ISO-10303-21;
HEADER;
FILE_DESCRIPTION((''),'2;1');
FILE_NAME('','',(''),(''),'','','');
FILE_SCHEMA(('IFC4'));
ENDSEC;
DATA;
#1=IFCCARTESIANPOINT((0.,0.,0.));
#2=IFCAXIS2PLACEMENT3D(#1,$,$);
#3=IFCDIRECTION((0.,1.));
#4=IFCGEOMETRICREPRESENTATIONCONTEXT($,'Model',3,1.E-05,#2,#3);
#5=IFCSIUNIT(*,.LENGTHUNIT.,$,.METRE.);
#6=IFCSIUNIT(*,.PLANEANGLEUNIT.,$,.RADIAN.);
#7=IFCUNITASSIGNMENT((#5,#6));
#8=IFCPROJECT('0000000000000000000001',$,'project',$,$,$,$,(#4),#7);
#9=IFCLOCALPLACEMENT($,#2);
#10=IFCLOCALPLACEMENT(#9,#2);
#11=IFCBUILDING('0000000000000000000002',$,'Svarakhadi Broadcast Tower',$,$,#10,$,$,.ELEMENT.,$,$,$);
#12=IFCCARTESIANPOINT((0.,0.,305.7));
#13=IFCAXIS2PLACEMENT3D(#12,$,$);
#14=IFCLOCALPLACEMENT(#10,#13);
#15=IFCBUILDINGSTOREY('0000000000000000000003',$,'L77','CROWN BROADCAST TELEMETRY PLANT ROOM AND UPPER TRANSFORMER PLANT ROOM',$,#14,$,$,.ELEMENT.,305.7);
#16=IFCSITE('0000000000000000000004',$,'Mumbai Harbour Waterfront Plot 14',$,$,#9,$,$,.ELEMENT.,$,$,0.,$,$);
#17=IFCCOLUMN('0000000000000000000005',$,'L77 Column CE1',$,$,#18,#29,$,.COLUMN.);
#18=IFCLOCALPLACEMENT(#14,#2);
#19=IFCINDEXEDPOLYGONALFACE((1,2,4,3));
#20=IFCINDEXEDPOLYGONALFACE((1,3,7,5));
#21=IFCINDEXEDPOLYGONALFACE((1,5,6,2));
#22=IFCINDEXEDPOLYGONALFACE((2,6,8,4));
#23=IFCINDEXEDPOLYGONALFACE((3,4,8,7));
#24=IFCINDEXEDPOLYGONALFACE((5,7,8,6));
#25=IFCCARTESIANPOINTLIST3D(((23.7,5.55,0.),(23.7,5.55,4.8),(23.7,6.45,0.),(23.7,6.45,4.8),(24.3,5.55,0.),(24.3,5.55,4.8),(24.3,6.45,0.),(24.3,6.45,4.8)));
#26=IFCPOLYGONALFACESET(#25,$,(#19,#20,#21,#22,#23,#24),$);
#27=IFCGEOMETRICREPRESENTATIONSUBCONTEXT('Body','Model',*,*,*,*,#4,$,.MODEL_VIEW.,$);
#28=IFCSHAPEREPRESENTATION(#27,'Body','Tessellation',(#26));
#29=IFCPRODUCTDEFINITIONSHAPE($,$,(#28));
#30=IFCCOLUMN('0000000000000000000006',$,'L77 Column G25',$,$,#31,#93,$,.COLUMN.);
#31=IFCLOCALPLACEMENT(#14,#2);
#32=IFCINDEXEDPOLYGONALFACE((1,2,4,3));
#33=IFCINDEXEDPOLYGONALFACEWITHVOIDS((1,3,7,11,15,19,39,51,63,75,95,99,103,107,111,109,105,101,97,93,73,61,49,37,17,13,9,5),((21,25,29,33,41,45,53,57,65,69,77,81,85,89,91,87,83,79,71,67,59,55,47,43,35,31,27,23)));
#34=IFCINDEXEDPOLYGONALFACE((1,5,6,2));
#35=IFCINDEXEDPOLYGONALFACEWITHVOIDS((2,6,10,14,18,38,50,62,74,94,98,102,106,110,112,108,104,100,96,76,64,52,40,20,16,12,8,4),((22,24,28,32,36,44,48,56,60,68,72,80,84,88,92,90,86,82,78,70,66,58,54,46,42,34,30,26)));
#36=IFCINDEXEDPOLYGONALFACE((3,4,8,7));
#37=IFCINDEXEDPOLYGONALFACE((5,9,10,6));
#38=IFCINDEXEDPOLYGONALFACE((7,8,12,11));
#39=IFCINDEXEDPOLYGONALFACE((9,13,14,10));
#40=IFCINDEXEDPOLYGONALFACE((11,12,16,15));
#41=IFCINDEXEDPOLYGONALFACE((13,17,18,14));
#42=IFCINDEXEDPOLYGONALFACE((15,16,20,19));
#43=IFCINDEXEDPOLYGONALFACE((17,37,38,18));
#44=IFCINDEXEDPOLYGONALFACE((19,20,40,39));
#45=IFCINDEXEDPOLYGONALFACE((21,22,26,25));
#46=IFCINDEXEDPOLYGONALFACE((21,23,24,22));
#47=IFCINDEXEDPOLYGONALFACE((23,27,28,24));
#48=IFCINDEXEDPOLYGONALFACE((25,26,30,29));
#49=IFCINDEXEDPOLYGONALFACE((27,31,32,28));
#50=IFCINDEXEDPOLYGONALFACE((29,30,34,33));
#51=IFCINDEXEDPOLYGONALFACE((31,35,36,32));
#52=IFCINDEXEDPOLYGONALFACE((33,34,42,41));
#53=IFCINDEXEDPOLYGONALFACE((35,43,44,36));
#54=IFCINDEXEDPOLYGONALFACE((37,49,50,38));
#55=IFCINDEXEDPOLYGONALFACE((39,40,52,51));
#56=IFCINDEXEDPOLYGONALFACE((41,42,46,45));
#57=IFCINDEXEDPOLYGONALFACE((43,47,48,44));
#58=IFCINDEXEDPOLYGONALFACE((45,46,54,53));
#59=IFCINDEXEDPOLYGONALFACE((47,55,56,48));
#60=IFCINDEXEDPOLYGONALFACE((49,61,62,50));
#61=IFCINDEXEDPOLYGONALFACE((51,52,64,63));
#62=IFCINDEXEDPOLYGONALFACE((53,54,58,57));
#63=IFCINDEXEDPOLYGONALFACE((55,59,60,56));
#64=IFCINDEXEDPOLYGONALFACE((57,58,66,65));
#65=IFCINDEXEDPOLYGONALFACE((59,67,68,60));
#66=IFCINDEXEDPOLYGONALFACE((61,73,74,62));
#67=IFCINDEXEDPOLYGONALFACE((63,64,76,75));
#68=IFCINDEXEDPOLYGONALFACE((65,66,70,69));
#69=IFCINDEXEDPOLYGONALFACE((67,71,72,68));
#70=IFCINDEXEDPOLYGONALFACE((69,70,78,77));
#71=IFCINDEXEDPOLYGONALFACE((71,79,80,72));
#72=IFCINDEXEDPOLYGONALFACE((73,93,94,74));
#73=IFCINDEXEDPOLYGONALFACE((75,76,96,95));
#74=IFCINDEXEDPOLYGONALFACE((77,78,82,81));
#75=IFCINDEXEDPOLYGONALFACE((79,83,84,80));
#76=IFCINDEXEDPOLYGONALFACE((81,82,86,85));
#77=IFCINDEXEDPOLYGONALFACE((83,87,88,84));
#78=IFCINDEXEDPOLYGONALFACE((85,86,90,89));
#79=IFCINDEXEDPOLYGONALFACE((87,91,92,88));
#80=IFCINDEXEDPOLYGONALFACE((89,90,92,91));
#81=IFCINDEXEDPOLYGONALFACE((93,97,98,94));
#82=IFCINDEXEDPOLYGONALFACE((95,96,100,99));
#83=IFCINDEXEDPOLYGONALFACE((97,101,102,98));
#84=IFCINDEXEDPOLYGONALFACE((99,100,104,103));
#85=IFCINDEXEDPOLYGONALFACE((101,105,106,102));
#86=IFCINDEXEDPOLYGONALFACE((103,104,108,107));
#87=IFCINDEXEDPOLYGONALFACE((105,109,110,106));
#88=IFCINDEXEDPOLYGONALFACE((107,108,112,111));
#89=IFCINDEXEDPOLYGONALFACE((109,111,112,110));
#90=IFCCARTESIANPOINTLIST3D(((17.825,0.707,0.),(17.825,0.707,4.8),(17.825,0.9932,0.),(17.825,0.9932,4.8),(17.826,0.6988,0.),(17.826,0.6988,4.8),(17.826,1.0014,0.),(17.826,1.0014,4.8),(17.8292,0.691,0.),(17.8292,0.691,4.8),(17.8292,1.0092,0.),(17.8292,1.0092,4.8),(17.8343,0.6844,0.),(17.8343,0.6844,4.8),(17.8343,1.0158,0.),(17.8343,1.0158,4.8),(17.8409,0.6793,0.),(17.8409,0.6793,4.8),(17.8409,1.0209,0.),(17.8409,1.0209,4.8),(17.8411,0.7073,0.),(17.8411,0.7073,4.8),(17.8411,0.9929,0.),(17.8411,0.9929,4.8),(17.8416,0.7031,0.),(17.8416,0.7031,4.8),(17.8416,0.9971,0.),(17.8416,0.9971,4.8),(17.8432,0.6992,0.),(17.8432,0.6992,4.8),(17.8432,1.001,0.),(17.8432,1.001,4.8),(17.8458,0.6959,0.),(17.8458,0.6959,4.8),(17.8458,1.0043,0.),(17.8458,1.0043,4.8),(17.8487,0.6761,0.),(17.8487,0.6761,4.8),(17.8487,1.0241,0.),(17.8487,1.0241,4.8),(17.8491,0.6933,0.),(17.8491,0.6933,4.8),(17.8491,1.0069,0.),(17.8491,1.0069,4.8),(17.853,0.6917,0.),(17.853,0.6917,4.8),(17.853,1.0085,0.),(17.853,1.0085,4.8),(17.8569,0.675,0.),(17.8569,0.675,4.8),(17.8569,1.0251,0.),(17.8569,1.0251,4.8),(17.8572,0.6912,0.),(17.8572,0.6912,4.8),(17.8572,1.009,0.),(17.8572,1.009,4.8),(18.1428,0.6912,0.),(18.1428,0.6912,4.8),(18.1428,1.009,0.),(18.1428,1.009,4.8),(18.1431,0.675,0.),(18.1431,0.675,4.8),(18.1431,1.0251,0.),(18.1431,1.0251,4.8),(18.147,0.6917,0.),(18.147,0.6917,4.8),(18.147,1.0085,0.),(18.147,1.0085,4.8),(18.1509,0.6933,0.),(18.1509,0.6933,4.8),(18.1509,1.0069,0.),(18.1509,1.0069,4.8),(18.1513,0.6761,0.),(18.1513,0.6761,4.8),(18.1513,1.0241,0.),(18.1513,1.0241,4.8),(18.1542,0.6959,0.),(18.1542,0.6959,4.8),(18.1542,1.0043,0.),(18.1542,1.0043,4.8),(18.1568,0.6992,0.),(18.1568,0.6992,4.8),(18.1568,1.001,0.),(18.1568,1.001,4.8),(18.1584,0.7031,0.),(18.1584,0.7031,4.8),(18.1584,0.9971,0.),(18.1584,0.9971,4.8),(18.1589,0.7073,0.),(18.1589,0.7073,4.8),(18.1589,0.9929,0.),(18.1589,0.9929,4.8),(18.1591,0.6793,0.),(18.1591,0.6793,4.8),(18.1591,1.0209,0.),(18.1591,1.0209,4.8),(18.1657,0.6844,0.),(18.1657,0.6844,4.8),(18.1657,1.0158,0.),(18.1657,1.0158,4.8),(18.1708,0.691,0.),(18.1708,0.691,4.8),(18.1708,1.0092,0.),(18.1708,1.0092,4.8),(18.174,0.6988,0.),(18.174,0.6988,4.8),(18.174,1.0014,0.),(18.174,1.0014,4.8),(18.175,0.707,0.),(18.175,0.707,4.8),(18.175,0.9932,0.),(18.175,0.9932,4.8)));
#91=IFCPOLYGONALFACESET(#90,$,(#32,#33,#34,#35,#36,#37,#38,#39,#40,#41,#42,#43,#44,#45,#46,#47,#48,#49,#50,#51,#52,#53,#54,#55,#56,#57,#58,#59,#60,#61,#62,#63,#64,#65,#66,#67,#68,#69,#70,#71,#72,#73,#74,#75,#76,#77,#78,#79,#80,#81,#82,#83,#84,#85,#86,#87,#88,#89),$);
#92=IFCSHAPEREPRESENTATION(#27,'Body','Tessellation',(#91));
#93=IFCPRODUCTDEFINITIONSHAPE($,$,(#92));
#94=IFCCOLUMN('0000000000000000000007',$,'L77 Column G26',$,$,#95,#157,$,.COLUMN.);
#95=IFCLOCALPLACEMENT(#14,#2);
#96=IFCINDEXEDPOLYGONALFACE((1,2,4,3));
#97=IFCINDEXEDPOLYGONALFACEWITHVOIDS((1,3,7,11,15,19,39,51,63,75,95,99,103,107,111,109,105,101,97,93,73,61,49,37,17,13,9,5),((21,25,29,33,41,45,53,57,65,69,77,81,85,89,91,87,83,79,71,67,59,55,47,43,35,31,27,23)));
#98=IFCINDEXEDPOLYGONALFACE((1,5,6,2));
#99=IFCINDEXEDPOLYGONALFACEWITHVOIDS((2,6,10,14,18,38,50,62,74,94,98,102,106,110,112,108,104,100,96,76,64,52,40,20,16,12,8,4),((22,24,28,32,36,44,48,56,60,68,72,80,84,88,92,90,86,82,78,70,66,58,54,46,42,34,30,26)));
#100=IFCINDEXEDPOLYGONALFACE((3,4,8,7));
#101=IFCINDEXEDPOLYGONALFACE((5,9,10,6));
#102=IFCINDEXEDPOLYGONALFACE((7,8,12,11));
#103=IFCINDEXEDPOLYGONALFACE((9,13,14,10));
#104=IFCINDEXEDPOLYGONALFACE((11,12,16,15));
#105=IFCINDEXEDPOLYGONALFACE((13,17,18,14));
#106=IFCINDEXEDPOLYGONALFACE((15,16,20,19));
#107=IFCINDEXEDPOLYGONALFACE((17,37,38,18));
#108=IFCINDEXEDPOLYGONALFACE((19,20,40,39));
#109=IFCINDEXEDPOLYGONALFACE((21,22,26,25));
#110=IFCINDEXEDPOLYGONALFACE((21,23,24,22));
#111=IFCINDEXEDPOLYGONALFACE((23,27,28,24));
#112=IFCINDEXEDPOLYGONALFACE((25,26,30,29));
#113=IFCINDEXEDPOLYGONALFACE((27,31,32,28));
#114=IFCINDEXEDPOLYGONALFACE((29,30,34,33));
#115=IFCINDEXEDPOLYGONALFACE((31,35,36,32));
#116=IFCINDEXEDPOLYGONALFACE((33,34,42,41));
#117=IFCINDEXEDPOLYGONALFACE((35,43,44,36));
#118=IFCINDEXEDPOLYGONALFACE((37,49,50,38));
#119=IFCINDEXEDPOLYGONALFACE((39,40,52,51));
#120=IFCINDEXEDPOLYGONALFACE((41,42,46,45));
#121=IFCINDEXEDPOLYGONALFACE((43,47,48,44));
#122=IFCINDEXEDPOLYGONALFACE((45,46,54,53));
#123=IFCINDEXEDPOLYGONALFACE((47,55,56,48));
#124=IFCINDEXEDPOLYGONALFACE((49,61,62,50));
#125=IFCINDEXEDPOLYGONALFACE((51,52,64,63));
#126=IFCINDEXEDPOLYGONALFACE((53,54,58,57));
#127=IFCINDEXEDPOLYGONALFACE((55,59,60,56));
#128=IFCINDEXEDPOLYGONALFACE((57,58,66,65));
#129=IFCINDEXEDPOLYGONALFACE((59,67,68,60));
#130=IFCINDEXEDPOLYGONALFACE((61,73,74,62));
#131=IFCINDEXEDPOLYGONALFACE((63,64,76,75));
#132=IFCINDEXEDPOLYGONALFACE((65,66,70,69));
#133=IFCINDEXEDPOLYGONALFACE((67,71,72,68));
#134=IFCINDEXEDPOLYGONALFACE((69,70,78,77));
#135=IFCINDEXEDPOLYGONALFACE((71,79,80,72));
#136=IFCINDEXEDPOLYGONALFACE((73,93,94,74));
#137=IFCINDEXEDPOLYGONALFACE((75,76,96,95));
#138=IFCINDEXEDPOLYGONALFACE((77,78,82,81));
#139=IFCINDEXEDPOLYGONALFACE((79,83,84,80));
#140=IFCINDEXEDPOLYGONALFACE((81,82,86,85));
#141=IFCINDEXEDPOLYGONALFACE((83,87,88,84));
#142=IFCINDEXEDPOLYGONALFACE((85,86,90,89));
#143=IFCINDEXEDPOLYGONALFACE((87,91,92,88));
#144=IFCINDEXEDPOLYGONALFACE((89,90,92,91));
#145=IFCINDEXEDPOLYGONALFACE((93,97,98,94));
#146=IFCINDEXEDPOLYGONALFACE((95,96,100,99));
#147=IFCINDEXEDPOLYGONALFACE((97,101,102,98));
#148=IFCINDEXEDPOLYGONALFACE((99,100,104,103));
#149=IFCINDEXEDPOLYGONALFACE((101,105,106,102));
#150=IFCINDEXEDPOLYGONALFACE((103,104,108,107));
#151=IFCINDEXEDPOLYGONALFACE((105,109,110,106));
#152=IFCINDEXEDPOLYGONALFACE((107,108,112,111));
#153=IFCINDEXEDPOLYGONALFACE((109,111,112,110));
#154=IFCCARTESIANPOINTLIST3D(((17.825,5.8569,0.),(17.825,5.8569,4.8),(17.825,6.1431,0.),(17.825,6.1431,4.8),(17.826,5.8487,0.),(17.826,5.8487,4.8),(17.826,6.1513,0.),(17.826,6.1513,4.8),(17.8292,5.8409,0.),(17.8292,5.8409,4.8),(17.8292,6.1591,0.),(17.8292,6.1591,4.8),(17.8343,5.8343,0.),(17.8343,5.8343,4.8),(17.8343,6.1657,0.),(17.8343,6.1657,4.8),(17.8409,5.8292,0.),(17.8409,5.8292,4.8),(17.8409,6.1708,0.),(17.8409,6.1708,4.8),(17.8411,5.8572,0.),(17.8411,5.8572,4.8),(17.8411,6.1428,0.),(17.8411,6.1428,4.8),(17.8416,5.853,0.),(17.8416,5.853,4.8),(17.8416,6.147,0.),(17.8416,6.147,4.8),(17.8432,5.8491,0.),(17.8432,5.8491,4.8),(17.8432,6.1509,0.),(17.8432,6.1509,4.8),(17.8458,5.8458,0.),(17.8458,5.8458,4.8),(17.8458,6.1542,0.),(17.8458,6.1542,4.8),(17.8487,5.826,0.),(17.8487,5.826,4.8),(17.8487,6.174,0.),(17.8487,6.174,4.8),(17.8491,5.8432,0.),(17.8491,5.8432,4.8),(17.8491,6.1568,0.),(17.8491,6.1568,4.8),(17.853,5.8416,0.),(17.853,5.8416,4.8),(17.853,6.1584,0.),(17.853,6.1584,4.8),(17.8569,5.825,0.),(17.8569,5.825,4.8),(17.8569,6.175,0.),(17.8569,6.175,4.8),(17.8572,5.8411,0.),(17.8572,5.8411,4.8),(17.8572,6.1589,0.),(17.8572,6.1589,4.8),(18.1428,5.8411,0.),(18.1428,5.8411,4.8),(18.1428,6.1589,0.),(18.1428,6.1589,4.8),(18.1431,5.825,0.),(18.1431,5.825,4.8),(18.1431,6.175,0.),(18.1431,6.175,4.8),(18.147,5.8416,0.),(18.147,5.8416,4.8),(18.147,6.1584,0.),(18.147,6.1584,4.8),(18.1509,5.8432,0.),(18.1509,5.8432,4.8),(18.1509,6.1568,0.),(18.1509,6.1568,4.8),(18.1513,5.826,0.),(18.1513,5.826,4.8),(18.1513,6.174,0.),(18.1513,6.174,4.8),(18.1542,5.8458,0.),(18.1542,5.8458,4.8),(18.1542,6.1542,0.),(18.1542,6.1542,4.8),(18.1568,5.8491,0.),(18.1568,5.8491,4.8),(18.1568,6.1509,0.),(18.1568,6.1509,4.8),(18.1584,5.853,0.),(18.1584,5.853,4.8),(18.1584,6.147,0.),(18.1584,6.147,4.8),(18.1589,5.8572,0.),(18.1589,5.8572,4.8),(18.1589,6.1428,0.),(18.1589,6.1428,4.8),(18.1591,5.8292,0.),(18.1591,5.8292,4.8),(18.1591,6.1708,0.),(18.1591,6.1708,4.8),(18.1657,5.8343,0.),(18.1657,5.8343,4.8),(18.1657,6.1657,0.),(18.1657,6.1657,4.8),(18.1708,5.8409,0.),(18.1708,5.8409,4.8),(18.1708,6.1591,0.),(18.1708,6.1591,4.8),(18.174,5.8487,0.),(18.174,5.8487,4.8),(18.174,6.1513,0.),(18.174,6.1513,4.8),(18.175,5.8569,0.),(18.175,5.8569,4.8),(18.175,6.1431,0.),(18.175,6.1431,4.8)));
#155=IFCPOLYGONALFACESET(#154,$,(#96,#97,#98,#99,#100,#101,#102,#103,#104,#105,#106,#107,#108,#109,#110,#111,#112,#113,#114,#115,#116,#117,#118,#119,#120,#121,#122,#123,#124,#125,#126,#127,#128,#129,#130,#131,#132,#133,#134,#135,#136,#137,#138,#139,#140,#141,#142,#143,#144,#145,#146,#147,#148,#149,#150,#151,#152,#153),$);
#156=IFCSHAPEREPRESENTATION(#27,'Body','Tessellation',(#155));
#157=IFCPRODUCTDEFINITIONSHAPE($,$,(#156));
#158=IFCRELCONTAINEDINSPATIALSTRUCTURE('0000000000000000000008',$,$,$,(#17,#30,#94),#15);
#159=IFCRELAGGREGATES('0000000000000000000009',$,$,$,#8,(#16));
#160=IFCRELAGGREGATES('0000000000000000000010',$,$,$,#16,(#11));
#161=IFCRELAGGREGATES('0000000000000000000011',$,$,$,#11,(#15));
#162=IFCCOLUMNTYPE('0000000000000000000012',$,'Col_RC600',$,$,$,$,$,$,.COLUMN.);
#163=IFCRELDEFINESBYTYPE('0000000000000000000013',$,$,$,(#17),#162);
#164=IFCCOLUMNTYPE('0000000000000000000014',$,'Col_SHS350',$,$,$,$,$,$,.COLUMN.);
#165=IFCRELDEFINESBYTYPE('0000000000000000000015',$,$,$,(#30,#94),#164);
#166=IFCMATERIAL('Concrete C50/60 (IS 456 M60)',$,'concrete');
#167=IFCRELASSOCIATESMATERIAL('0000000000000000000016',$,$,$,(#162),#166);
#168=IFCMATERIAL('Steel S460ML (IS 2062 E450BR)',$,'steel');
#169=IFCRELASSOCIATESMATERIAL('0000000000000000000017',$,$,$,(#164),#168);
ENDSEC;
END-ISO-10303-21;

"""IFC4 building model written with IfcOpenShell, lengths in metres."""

from ifc_helpers import new_model, si_unit, direction, frame, origin, origin_2d, place, context, subcontext, project, spatial, rectangle, hollow_rectangle, extrude, material, material_profile, profile_set, type_object, element, save


model = new_model("IFC4")

# Units and contexts
model_context = context("Model", 3, precision=1e-05, world=origin(), true_north=direction((0.0, 1.0)))
body_context = subcontext(model_context, "Body", "Model", "MODEL_VIEW")
ifc_project = project(units=[si_unit("LENGTHUNIT", "METRE"), si_unit("PLANEANGLEUNIT", "RADIAN")], contexts=[model_context])

# Site, building, storey
site_placement = place(None, origin())
site = spatial("IfcSite", under=ifc_project, at=site_placement, Name="Mumbai Harbour Waterfront Plot 14", CompositionType="ELEMENT", RefElevation=0.0)
building_placement = place(site_placement, origin())
building = spatial("IfcBuilding", under=site, at=building_placement, Name="Svarakhadi Broadcast Tower", CompositionType="ELEMENT")
storey_placement = place(building_placement, frame((0.0, 0.0, 305.7)))
storey = spatial("IfcBuildingStorey", under=building, at=storey_placement, Name="L77", Description="CROWN BROADCAST TELEMETRY PLANT ROOM AND UPPER TRANSFORMER PLANT ROOM", CompositionType="ELEMENT", Elevation=305.7)

# Columns
ifc_material_1 = material(Name="Concrete C50/60 (IS 456 M60)", Category="concrete")
ifc_material_profile_1 = material_profile(ifc_material_1, rectangle(XDim=0.6001, YDim=0.8999, at=origin_2d()), Name="RC 600x900")
ifc_profile_set_1 = profile_set([ifc_material_profile_1], Name="Concrete C50/60 (IS 456 M60)")
column_type_1 = type_object("IfcColumnType", Name="Col_RC600", PredefinedType="COLUMN", material=ifc_profile_set_1)
column_placement = place(storey_placement, frame((24.0, 6.0, 0.0), z_axis=(0.0, 0.0, 1.0), x_axis=(1.0, 0.0, 0.0)))
element("IfcColumn", 1, at=column_placement, inside=storey, type_object=column_type_1, Name="L77 Column CE1", PredefinedType="COLUMN", context=body_context, shape_type="SweptSolid", body=[
    extrude(rectangle(XDim=0.6001, YDim=0.8999, at=origin_2d()), origin(), (0.0, 0.0, 1.0), 4.8),
])
ifc_material_2 = material(Name="Steel S460ML (IS 2062 E450BR)", Category="steel")
ifc_material_profile_2 = material_profile(ifc_material_2, hollow_rectangle(XDim=0.3501, YDim=0.3501, WallThickness=0.0161, InnerFilletRadius=0.0161, OuterFilletRadius=0.032, at=origin_2d()), Name="SHS 350x350x16")
ifc_profile_set_2 = profile_set([ifc_material_profile_2], Name="Steel S460ML (IS 2062 E450BR)")
column_type_2 = type_object("IfcColumnType", Name="Col_SHS350", PredefinedType="COLUMN", material=ifc_profile_set_2)
for number, where, z_axis, x_axis, name in (
    (2, (18.0, 0.8501, 0.0), (0.0, 0.0, 1.0), (1.0, 0.0, 0.0), "L77 Column G25"),
    (3, (18.0, 6.0, 0.0), (0.0, 0.0, 1.0), (1.0, 0.0, 0.0), "L77 Column G26"),
):
    element("IfcColumn", number, at=place(storey_placement, frame(where, z_axis=z_axis, x_axis=x_axis)), inside=storey, type_object=column_type_2, Name=name, PredefinedType="COLUMN", context=body_context, shape_type="SweptSolid", body=[
        extrude(hollow_rectangle(XDim=0.3501, YDim=0.3501, WallThickness=0.0161, InnerFilletRadius=0.0161, OuterFilletRadius=0.032, at=origin_2d()), origin(), (0.0, 0.0, 1.0), 4.8),
    ])

save(model, "model.ifc")
